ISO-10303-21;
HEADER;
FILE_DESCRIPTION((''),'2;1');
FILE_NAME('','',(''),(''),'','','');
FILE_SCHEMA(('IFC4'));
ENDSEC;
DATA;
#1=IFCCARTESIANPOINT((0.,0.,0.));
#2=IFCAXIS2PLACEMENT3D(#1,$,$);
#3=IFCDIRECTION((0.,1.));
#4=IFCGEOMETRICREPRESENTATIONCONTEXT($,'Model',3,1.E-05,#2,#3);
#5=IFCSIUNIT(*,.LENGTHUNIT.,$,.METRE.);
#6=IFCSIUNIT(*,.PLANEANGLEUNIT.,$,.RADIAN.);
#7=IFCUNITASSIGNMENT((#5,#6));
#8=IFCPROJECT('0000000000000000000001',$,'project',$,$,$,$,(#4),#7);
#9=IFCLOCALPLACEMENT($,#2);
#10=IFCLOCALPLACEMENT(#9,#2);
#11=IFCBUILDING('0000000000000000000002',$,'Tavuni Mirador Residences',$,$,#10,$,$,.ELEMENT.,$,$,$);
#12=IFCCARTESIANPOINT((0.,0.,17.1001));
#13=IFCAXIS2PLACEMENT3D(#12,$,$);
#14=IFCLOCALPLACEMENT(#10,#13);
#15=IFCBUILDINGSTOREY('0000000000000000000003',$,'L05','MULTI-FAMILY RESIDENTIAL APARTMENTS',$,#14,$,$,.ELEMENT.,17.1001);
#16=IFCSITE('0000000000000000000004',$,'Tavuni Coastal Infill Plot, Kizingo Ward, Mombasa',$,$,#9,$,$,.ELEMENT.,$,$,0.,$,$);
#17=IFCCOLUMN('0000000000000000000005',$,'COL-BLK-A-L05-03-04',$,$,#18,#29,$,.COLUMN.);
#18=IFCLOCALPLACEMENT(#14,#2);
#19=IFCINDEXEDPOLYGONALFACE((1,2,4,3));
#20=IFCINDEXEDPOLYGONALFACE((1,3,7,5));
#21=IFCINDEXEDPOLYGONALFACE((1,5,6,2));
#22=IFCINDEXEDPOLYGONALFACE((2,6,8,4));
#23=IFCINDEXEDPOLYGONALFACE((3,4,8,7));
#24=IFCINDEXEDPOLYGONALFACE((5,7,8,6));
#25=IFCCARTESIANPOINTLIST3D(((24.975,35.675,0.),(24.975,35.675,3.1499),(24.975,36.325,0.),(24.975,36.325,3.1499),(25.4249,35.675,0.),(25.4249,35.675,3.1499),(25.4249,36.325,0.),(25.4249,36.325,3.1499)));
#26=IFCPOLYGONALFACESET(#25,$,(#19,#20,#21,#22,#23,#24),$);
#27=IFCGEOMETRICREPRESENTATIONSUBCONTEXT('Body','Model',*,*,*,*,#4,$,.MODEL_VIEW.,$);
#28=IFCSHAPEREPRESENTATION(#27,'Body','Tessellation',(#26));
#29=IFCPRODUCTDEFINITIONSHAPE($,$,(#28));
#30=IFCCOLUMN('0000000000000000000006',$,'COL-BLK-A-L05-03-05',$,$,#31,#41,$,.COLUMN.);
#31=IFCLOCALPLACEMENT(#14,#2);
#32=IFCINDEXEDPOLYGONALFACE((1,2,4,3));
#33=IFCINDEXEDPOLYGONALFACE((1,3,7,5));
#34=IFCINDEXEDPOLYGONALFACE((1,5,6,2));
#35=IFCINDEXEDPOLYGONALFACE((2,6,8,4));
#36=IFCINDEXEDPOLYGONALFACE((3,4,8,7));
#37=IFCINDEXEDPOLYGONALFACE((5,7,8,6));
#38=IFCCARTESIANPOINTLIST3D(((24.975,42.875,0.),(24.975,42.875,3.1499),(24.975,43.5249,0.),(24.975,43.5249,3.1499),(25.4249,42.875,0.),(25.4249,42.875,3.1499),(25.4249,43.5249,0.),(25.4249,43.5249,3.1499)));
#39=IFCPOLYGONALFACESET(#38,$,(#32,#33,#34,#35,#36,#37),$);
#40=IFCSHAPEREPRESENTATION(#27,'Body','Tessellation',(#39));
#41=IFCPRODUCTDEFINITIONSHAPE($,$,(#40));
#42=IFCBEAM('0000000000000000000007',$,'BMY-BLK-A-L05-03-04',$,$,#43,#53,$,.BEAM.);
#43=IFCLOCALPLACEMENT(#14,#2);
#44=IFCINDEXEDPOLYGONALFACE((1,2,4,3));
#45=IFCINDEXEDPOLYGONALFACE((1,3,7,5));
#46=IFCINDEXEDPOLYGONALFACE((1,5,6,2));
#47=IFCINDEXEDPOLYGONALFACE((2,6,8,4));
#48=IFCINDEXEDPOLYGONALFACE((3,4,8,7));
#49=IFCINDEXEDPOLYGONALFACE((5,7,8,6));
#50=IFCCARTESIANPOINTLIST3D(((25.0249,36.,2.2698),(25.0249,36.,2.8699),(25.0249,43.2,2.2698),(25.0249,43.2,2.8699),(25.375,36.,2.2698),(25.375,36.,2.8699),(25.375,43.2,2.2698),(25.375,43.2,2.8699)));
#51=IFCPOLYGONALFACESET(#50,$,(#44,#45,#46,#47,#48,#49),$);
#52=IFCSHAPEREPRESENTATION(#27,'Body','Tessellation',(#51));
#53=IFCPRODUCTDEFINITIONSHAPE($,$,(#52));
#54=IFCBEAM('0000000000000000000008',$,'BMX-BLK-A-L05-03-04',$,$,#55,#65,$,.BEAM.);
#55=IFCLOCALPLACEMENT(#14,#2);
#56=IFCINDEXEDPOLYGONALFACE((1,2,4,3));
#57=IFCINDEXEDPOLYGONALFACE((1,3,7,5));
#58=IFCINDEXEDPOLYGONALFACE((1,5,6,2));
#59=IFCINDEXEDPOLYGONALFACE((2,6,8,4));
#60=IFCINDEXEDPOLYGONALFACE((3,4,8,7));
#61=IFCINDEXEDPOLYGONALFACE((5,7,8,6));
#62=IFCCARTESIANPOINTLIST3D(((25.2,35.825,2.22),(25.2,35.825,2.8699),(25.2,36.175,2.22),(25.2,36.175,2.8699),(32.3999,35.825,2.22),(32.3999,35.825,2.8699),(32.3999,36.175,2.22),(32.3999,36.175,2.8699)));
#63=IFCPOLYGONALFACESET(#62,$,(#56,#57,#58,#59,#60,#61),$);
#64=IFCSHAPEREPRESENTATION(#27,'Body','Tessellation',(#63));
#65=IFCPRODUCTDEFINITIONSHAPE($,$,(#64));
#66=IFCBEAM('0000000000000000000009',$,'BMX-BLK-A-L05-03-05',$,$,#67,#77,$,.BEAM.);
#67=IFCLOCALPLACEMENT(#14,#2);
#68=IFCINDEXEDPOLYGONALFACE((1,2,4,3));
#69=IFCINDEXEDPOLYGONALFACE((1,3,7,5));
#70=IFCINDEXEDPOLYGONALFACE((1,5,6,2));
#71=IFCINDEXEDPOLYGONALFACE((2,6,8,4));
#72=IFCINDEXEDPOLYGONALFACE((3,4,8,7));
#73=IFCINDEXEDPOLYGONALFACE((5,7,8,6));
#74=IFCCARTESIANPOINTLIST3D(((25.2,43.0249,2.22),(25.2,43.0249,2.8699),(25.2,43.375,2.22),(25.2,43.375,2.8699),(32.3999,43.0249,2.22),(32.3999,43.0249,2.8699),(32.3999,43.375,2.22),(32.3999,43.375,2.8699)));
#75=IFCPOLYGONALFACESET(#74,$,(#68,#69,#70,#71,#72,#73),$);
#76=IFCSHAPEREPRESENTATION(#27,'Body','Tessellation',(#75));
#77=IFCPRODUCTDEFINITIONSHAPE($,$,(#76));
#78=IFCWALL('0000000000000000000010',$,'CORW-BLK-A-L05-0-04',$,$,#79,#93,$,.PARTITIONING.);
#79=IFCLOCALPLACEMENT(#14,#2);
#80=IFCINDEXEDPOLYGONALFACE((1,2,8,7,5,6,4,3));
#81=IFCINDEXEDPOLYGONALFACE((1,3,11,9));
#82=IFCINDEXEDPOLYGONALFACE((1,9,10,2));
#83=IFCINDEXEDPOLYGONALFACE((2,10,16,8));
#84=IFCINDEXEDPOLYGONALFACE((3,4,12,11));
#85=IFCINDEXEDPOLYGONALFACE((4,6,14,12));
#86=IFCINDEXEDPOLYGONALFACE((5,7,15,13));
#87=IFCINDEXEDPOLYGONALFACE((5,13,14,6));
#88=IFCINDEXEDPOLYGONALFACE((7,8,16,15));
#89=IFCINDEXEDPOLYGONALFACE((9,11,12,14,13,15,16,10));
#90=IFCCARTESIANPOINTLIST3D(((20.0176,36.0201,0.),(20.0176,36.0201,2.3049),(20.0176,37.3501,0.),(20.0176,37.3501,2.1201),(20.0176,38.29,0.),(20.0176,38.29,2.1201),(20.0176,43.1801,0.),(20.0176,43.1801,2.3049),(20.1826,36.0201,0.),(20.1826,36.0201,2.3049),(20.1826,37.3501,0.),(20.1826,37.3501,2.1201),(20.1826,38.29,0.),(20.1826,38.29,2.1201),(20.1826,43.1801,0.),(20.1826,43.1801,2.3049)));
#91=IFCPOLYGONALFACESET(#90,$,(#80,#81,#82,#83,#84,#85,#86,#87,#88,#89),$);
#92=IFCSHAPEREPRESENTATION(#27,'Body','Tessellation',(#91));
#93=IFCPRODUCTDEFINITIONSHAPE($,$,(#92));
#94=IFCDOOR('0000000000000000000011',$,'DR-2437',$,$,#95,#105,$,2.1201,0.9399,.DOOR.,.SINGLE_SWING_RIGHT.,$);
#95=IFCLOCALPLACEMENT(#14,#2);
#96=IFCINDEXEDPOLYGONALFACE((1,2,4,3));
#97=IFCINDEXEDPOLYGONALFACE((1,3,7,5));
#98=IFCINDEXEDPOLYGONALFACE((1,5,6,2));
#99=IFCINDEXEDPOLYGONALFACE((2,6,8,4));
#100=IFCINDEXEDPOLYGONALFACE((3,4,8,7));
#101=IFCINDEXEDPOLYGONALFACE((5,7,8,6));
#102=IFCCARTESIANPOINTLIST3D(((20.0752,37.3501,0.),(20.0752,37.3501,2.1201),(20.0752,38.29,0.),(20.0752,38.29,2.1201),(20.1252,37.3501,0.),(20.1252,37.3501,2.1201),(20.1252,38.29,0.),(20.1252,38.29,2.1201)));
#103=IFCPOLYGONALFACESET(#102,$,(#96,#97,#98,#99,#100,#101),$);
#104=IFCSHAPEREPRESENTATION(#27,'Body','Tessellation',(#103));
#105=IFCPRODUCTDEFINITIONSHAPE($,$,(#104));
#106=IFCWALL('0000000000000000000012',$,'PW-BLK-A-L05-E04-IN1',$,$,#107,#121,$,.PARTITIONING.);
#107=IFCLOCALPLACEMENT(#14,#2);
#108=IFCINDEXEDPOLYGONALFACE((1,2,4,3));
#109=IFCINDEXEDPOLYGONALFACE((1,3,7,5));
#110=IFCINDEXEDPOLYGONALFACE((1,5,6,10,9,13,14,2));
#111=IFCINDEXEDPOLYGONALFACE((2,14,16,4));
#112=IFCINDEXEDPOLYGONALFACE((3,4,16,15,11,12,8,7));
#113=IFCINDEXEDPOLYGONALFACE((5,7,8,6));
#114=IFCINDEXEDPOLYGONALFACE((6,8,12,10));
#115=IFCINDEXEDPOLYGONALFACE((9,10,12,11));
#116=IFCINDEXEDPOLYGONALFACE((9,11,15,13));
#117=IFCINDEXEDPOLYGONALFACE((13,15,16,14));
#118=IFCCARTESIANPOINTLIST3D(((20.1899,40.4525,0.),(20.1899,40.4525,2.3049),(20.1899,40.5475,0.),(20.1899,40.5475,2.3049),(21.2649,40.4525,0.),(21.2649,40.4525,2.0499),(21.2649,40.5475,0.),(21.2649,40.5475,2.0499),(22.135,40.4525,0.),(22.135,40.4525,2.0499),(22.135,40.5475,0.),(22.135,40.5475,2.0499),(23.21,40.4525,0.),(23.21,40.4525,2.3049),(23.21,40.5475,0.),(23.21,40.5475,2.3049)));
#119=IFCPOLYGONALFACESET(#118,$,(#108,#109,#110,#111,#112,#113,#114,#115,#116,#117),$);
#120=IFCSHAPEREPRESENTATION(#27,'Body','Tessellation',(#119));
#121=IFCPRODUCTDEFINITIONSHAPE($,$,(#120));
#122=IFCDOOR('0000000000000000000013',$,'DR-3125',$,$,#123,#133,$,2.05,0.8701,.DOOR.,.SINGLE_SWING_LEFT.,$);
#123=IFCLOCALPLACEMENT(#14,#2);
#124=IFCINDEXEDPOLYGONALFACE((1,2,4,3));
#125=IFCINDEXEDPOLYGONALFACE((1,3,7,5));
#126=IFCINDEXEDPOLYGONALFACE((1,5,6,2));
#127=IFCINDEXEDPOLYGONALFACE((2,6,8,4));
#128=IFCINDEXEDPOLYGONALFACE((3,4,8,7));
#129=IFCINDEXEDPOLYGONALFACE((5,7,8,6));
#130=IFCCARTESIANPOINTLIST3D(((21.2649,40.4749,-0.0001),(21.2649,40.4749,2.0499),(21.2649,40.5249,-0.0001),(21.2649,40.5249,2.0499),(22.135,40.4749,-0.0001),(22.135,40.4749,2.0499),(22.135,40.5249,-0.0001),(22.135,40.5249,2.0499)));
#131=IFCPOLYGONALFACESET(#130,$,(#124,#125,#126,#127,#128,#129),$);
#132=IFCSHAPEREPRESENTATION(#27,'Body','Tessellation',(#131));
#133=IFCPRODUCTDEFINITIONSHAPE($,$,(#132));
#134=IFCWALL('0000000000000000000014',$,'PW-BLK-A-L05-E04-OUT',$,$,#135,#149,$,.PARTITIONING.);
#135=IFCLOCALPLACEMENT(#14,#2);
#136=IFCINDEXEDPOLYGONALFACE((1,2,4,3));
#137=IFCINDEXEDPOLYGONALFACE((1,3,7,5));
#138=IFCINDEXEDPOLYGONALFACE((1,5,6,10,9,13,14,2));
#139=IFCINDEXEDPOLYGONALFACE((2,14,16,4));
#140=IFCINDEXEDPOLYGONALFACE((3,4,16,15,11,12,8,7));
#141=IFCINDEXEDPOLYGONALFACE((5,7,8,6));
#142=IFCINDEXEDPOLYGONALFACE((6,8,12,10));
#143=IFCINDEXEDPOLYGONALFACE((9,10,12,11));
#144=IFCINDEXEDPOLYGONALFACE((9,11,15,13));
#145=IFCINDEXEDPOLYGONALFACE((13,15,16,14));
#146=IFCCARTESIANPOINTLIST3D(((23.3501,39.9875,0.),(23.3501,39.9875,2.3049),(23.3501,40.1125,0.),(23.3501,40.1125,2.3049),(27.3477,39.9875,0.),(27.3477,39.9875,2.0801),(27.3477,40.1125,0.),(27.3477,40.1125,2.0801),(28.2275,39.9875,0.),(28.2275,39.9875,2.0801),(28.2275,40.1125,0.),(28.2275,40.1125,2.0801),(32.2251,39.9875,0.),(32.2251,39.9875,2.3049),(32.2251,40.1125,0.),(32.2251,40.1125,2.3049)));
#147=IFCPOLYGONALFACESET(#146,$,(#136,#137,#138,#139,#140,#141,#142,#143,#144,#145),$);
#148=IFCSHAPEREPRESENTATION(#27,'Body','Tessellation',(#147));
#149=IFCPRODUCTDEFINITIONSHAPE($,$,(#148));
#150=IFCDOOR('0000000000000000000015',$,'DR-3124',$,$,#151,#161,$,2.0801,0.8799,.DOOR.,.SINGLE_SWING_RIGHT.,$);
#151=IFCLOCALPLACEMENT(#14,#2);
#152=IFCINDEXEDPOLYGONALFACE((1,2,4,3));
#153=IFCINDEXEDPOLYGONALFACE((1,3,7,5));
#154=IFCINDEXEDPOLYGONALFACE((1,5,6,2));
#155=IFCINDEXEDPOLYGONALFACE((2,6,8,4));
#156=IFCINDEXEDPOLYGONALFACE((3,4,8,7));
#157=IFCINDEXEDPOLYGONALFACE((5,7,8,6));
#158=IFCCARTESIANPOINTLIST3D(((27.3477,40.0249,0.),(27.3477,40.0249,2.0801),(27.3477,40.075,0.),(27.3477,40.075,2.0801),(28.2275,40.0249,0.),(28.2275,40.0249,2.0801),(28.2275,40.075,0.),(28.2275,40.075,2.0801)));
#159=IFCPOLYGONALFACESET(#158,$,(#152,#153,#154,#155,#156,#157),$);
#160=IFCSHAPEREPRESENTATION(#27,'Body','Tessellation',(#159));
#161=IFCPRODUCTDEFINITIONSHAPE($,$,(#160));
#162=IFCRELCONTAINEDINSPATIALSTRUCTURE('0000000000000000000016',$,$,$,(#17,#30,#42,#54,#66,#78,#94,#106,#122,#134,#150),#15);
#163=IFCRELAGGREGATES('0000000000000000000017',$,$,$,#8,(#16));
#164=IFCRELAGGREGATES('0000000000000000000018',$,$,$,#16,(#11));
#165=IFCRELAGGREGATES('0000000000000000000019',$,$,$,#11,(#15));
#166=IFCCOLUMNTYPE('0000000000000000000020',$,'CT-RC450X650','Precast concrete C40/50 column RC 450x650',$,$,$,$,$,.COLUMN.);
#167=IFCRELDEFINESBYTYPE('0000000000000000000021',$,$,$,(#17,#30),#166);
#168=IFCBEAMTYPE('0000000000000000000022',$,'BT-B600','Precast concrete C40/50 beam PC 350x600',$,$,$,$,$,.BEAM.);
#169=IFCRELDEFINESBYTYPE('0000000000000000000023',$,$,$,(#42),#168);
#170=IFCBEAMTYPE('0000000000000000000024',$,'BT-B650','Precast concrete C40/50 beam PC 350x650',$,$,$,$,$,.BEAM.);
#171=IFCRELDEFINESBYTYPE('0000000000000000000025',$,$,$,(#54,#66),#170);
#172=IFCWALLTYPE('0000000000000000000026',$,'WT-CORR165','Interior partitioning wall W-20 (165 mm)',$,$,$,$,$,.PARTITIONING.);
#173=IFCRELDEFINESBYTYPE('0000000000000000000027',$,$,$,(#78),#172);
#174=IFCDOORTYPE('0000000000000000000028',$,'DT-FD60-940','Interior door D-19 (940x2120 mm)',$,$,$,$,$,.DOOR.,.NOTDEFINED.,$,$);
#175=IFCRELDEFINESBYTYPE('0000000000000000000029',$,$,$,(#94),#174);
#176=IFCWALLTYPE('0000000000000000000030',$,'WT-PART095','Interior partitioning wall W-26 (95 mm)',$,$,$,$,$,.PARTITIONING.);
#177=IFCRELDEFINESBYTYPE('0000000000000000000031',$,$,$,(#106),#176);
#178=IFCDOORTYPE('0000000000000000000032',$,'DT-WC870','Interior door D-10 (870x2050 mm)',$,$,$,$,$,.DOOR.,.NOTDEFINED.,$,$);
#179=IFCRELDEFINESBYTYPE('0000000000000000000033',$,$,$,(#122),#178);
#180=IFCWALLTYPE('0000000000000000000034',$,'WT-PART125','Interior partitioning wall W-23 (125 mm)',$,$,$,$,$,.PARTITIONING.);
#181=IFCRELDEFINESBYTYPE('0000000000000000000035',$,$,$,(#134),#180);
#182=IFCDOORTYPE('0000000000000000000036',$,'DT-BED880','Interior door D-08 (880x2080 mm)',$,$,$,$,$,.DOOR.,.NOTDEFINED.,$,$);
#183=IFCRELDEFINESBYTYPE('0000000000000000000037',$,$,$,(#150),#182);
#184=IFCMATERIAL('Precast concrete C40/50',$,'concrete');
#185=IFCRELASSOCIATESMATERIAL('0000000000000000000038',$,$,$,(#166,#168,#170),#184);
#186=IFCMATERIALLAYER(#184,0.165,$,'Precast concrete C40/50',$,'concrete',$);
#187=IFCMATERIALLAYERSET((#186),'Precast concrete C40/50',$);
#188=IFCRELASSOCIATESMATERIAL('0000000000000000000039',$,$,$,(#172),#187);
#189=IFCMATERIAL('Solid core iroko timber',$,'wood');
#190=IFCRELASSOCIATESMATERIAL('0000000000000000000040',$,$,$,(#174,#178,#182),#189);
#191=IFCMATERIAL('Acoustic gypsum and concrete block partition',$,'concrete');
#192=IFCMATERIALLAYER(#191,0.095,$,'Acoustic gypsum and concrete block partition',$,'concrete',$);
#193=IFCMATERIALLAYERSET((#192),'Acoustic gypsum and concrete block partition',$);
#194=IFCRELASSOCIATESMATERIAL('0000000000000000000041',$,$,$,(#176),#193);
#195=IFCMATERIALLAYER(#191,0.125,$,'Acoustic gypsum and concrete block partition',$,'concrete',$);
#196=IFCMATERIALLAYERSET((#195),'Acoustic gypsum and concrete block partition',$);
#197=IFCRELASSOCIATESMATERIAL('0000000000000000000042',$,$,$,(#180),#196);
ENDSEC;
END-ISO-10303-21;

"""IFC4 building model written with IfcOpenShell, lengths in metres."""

from ifc_helpers import new_model, si_unit, direction, frame, frame_2d, origin, origin_2d, place, context, subcontext, project, spatial, rectangle, extrude, material, layer, layer_set, material_profile, profile_set, type_object, element, fill, save


model = new_model("IFC4")

# Units and contexts
model_context = context("Model", 3, precision=1e-05, world=origin(), true_north=direction((0.0, 1.0)))
body_context = subcontext(model_context, "Body", "Model", "MODEL_VIEW")
ifc_project = project(units=[si_unit("LENGTHUNIT", "METRE"), si_unit("PLANEANGLEUNIT", "RADIAN")], contexts=[model_context])

# Site, building, storey
site_placement = place(None, origin())
site = spatial("IfcSite", under=ifc_project, at=site_placement, Name="Tavuni Coastal Infill Plot, Kizingo Ward, Mombasa", CompositionType="ELEMENT", RefElevation=0.0)
building_placement = place(site_placement, origin())
building = spatial("IfcBuilding", under=site, at=building_placement, Name="Tavuni Mirador Residences", CompositionType="ELEMENT")
storey_placement = place(building_placement, frame((0.0, 0.0, 17.1001)))
storey = spatial("IfcBuildingStorey", under=building, at=storey_placement, Name="L05", Description="MULTI-FAMILY RESIDENTIAL APARTMENTS", CompositionType="ELEMENT", Elevation=17.1001)

# Columns
ifc_material_1 = material(Name="Precast concrete C40/50", Category="concrete")
ifc_material_profile_1 = material_profile(ifc_material_1, rectangle(XDim=0.45, YDim=0.6499, at=origin_2d()), Name="RC 450x650", Category="concrete")
ifc_profile_set_1 = profile_set([ifc_material_profile_1], Name="Precast concrete C40/50")
column_type = type_object("IfcColumnType", Name="CT-RC450X650", Description="Precast concrete C40/50 column RC 450x650", PredefinedType="COLUMN", material=ifc_profile_set_1)
for number, where, z_axis, x_axis, name in (
    (1, (25.2, 36.0, 0.0), (0.0, 0.0, 1.0), (1.0, 0.0, 0.0), "COL-BLK-A-L05-03-04"),
    (2, (25.2, 43.2, 0.0), (0.0, 0.0, 1.0), (1.0, 0.0, 0.0), "COL-BLK-A-L05-03-05"),
):
    element("IfcColumn", number, at=place(storey_placement, frame(where, z_axis=z_axis, x_axis=x_axis)), inside=storey, type_object=column_type, Name=name, PredefinedType="COLUMN", context=body_context, shape_type="SweptSolid", body=[
        extrude(rectangle(XDim=0.45, YDim=0.6499, at=origin_2d()), origin(), (0.0, 0.0, 1.0), 3.1499),
    ])

# Beams
ifc_material_profile_2 = material_profile(ifc_material_1, rectangle(XDim=0.3501, YDim=0.6001, at=origin_2d()), Name="PC 350x600", Category="concrete")
ifc_profile_set_2 = profile_set([ifc_material_profile_2], Name="Precast concrete C40/50")
beam_type_1 = type_object("IfcBeamType", Name="BT-B600", Description="Precast concrete C40/50 beam PC 350x600", PredefinedType="BEAM", material=ifc_profile_set_2)
beam_placement = place(storey_placement, frame((25.2, 36.0, 2.5698), z_axis=(0.0, 1.0, 0.0), x_axis=(-1.0, 0.0, 0.0)))
element("IfcBeam", 3, at=beam_placement, inside=storey, type_object=beam_type_1, Name="BMY-BLK-A-L05-03-04", PredefinedType="BEAM", context=body_context, shape_type="SweptSolid", body=[
    extrude(rectangle(XDim=0.3501, YDim=0.6001, at=origin_2d()), origin(), (0.0, 0.0, 1.0), 7.2),
])
ifc_material_profile_3 = material_profile(ifc_material_1, rectangle(XDim=0.3501, YDim=0.6499, at=origin_2d()), Name="PC 350x650", Category="concrete")
ifc_profile_set_3 = profile_set([ifc_material_profile_3], Name="Precast concrete C40/50")
beam_type_2 = type_object("IfcBeamType", Name="BT-B650", Description="Precast concrete C40/50 beam PC 350x650", PredefinedType="BEAM", material=ifc_profile_set_3)
for number, where, z_axis, x_axis, name in (
    (4, (25.2, 36.0, 2.5449), (1.0, 0.0, 0.0), (0.0, 1.0, 0.0), "BMX-BLK-A-L05-03-04"),
    (5, (25.2, 43.2, 2.5449), (1.0, 0.0, 0.0), (0.0, 1.0, 0.0), "BMX-BLK-A-L05-03-05"),
):
    element("IfcBeam", number, at=place(storey_placement, frame(where, z_axis=z_axis, x_axis=x_axis)), inside=storey, type_object=beam_type_2, Name=name, PredefinedType="BEAM", context=body_context, shape_type="SweptSolid", body=[
        extrude(rectangle(XDim=0.3501, YDim=0.6499, at=origin_2d()), origin(), (0.0, 0.0, 1.0), 7.2),
    ])

# Walls, openings, doors
ifc_layer_1 = layer(ifc_material_1, 0.165, Name="Precast concrete C40/50", Category="concrete")
ifc_layer_set_1 = layer_set([ifc_layer_1], Name="Precast concrete C40/50")
wall_type_1 = type_object("IfcWallType", Name="WT-CORR165", Description="Interior partitioning wall W-20 (165 mm)", PredefinedType="PARTITIONING", material=ifc_layer_set_1)
wall_1_placement = place(storey_placement, frame((20.1001, 36.02, 0.0), z_axis=(0.0, 0.0, 1.0), x_axis=(0.0, 1.0, 0.0)))
wall_1 = element("IfcWall", 6, at=wall_1_placement, inside=storey, type_object=wall_type_1, Name="CORW-BLK-A-L05-0-04", PredefinedType="PARTITIONING", context=body_context, shape_type="SweptSolid", body=[
    extrude(rectangle(XDim=7.1599, YDim=0.165, at=frame_2d((3.5801, 0.0))), origin(), (0.0, 0.0, 1.0), 2.3049),
])
opening_1_placement = place(wall_1_placement, frame((1.3301, 0.0, 0.0)))
opening_1 = element("IfcOpeningElement", 7, at=opening_1_placement, cuts=wall_1, PredefinedType="OPENING", context=body_context, shape_type="SweptSolid", body=[
    extrude(rectangle(XDim=0.9399, YDim=2.1201, at=frame_2d((0.47, 1.0601))), frame((0.0, 0.0925, 0.0), z_axis=(0.0, -1.0, 0.0), x_axis=(1.0, 0.0, 0.0)), (0.0, 0.0, 1.0), 0.1851),
])
ifc_material_2 = material(Name="Solid core iroko timber", Category="wood")
door_type_1 = type_object("IfcDoorType", Name="DT-FD60-940", Description="Interior door D-19 (940x2120 mm)", OperationType="NOTDEFINED", PredefinedType="DOOR", material=ifc_material_2)
door_1_placement = place(opening_1_placement, origin())
door_1 = element("IfcDoor", 8, at=door_1_placement, inside=storey, type_object=door_type_1, Name="DR-2437", OperationType="SINGLE_SWING_RIGHT", OverallHeight=2.1201, OverallWidth=0.9399, PredefinedType="DOOR", context=body_context, shape_type="SweptSolid", body=[
    extrude(rectangle(XDim=0.9399, YDim=2.1201, at=frame_2d((0.47, 1.0601))), frame((0.0, 0.0249, 0.0), z_axis=(0.0, -1.0, 0.0), x_axis=(1.0, 0.0, 0.0)), (0.0, 0.0, 1.0), 0.05),
])
fill(opening_1, door_1)
ifc_material_3 = material(Name="Acoustic gypsum and concrete block partition", Category="concrete")
ifc_layer_2 = layer(ifc_material_3, 0.095, Name="Acoustic gypsum and concrete block partition", Category="concrete")
ifc_layer_set_2 = layer_set([ifc_layer_2], Name="Acoustic gypsum and concrete block partition")
wall_type_2 = type_object("IfcWallType", Name="WT-PART095", Description="Interior partitioning wall W-26 (95 mm)", PredefinedType="PARTITIONING", material=ifc_layer_set_2)
wall_2_placement = place(storey_placement, frame((20.1899, 40.5, 0.0), z_axis=(0.0, 0.0, 1.0), x_axis=(1.0, 0.0, 0.0)))
wall_2 = element("IfcWall", 9, at=wall_2_placement, inside=storey, type_object=wall_type_2, Name="PW-BLK-A-L05-E04-IN1", PredefinedType="PARTITIONING", context=body_context, shape_type="SweptSolid", body=[
    extrude(rectangle(XDim=3.02, YDim=0.095, at=frame_2d((1.51, 0.0))), origin(), (0.0, 0.0, 1.0), 2.3049),
])
opening_2_placement = place(wall_2_placement, frame((1.075, 0.0, 0.0)))
opening_2 = element("IfcOpeningElement", 10, at=opening_2_placement, cuts=wall_2, PredefinedType="OPENING", context=body_context, shape_type="SweptSolid", body=[
    extrude(rectangle(XDim=0.8701, YDim=2.05, at=frame_2d((0.4351, 1.0249))), frame((0.0, 0.0576, 0.0), z_axis=(0.0, -1.0, 0.0), x_axis=(1.0, 0.0, 0.0)), (0.0, 0.0, 1.0), 0.115),
])
door_type_2 = type_object("IfcDoorType", Name="DT-WC870", Description="Interior door D-10 (870x2050 mm)", OperationType="NOTDEFINED", PredefinedType="DOOR", material=ifc_material_2)
door_2_placement = place(opening_2_placement, origin())
door_2 = element("IfcDoor", 11, at=door_2_placement, inside=storey, type_object=door_type_2, Name="DR-3125", OperationType="SINGLE_SWING_LEFT", OverallHeight=2.05, OverallWidth=0.8701, PredefinedType="DOOR", context=body_context, shape_type="SweptSolid", body=[
    extrude(rectangle(XDim=0.8701, YDim=2.05, at=frame_2d((0.4351, 1.0249))), frame((0.0, 0.0249, 0.0), z_axis=(0.0, -1.0, 0.0), x_axis=(1.0, 0.0, 0.0)), (0.0, 0.0, 1.0), 0.05),
])
fill(opening_2, door_2)
ifc_layer_3 = layer(ifc_material_3, 0.125, Name="Acoustic gypsum and concrete block partition", Category="concrete")
ifc_layer_set_3 = layer_set([ifc_layer_3], Name="Acoustic gypsum and concrete block partition")
wall_type_3 = type_object("IfcWallType", Name="WT-PART125", Description="Interior partitioning wall W-23 (125 mm)", PredefinedType="PARTITIONING", material=ifc_layer_set_3)
wall_3_placement = place(storey_placement, frame((23.3501, 40.05, 0.0), z_axis=(0.0, 0.0, 1.0), x_axis=(1.0, 0.0, 0.0)))
wall_3 = element("IfcWall", 12, at=wall_3_placement, inside=storey, type_object=wall_type_3, Name="PW-BLK-A-L05-E04-OUT", PredefinedType="PARTITIONING", context=body_context, shape_type="SweptSolid", body=[
    extrude(rectangle(XDim=8.875, YDim=0.125, at=frame_2d((4.4375, 0.0))), origin(), (0.0, 0.0, 1.0), 2.3049),
])
opening_3_placement = place(wall_3_placement, frame((3.9976, 0.0, 0.0)))
opening_3 = element("IfcOpeningElement", 13, at=opening_3_placement, cuts=wall_3, PredefinedType="OPENING", context=body_context, shape_type="SweptSolid", body=[
    extrude(rectangle(XDim=0.8799, YDim=2.0801, at=frame_2d((0.4399, 1.04))), frame((0.0, 0.0725, 0.0), z_axis=(0.0, -1.0, 0.0), x_axis=(1.0, 0.0, 0.0)), (0.0, 0.0, 1.0), 0.145),
])
door_type_3 = type_object("IfcDoorType", Name="DT-BED880", Description="Interior door D-08 (880x2080 mm)", OperationType="NOTDEFINED", PredefinedType="DOOR", material=ifc_material_2)
door_3_placement = place(opening_3_placement, origin())
door_3 = element("IfcDoor", 14, at=door_3_placement, inside=storey, type_object=door_type_3, Name="DR-3124", OperationType="SINGLE_SWING_RIGHT", OverallHeight=2.0801, OverallWidth=0.8799, PredefinedType="DOOR", context=body_context, shape_type="SweptSolid", body=[
    extrude(rectangle(XDim=0.8799, YDim=2.0801, at=frame_2d((0.4399, 1.04))), frame((0.0, 0.0249, 0.0), z_axis=(0.0, -1.0, 0.0), x_axis=(1.0, 0.0, 0.0)), (0.0, 0.0, 1.0), 0.05),
])
fill(opening_3, door_3)

save(model, "model.ifc")
